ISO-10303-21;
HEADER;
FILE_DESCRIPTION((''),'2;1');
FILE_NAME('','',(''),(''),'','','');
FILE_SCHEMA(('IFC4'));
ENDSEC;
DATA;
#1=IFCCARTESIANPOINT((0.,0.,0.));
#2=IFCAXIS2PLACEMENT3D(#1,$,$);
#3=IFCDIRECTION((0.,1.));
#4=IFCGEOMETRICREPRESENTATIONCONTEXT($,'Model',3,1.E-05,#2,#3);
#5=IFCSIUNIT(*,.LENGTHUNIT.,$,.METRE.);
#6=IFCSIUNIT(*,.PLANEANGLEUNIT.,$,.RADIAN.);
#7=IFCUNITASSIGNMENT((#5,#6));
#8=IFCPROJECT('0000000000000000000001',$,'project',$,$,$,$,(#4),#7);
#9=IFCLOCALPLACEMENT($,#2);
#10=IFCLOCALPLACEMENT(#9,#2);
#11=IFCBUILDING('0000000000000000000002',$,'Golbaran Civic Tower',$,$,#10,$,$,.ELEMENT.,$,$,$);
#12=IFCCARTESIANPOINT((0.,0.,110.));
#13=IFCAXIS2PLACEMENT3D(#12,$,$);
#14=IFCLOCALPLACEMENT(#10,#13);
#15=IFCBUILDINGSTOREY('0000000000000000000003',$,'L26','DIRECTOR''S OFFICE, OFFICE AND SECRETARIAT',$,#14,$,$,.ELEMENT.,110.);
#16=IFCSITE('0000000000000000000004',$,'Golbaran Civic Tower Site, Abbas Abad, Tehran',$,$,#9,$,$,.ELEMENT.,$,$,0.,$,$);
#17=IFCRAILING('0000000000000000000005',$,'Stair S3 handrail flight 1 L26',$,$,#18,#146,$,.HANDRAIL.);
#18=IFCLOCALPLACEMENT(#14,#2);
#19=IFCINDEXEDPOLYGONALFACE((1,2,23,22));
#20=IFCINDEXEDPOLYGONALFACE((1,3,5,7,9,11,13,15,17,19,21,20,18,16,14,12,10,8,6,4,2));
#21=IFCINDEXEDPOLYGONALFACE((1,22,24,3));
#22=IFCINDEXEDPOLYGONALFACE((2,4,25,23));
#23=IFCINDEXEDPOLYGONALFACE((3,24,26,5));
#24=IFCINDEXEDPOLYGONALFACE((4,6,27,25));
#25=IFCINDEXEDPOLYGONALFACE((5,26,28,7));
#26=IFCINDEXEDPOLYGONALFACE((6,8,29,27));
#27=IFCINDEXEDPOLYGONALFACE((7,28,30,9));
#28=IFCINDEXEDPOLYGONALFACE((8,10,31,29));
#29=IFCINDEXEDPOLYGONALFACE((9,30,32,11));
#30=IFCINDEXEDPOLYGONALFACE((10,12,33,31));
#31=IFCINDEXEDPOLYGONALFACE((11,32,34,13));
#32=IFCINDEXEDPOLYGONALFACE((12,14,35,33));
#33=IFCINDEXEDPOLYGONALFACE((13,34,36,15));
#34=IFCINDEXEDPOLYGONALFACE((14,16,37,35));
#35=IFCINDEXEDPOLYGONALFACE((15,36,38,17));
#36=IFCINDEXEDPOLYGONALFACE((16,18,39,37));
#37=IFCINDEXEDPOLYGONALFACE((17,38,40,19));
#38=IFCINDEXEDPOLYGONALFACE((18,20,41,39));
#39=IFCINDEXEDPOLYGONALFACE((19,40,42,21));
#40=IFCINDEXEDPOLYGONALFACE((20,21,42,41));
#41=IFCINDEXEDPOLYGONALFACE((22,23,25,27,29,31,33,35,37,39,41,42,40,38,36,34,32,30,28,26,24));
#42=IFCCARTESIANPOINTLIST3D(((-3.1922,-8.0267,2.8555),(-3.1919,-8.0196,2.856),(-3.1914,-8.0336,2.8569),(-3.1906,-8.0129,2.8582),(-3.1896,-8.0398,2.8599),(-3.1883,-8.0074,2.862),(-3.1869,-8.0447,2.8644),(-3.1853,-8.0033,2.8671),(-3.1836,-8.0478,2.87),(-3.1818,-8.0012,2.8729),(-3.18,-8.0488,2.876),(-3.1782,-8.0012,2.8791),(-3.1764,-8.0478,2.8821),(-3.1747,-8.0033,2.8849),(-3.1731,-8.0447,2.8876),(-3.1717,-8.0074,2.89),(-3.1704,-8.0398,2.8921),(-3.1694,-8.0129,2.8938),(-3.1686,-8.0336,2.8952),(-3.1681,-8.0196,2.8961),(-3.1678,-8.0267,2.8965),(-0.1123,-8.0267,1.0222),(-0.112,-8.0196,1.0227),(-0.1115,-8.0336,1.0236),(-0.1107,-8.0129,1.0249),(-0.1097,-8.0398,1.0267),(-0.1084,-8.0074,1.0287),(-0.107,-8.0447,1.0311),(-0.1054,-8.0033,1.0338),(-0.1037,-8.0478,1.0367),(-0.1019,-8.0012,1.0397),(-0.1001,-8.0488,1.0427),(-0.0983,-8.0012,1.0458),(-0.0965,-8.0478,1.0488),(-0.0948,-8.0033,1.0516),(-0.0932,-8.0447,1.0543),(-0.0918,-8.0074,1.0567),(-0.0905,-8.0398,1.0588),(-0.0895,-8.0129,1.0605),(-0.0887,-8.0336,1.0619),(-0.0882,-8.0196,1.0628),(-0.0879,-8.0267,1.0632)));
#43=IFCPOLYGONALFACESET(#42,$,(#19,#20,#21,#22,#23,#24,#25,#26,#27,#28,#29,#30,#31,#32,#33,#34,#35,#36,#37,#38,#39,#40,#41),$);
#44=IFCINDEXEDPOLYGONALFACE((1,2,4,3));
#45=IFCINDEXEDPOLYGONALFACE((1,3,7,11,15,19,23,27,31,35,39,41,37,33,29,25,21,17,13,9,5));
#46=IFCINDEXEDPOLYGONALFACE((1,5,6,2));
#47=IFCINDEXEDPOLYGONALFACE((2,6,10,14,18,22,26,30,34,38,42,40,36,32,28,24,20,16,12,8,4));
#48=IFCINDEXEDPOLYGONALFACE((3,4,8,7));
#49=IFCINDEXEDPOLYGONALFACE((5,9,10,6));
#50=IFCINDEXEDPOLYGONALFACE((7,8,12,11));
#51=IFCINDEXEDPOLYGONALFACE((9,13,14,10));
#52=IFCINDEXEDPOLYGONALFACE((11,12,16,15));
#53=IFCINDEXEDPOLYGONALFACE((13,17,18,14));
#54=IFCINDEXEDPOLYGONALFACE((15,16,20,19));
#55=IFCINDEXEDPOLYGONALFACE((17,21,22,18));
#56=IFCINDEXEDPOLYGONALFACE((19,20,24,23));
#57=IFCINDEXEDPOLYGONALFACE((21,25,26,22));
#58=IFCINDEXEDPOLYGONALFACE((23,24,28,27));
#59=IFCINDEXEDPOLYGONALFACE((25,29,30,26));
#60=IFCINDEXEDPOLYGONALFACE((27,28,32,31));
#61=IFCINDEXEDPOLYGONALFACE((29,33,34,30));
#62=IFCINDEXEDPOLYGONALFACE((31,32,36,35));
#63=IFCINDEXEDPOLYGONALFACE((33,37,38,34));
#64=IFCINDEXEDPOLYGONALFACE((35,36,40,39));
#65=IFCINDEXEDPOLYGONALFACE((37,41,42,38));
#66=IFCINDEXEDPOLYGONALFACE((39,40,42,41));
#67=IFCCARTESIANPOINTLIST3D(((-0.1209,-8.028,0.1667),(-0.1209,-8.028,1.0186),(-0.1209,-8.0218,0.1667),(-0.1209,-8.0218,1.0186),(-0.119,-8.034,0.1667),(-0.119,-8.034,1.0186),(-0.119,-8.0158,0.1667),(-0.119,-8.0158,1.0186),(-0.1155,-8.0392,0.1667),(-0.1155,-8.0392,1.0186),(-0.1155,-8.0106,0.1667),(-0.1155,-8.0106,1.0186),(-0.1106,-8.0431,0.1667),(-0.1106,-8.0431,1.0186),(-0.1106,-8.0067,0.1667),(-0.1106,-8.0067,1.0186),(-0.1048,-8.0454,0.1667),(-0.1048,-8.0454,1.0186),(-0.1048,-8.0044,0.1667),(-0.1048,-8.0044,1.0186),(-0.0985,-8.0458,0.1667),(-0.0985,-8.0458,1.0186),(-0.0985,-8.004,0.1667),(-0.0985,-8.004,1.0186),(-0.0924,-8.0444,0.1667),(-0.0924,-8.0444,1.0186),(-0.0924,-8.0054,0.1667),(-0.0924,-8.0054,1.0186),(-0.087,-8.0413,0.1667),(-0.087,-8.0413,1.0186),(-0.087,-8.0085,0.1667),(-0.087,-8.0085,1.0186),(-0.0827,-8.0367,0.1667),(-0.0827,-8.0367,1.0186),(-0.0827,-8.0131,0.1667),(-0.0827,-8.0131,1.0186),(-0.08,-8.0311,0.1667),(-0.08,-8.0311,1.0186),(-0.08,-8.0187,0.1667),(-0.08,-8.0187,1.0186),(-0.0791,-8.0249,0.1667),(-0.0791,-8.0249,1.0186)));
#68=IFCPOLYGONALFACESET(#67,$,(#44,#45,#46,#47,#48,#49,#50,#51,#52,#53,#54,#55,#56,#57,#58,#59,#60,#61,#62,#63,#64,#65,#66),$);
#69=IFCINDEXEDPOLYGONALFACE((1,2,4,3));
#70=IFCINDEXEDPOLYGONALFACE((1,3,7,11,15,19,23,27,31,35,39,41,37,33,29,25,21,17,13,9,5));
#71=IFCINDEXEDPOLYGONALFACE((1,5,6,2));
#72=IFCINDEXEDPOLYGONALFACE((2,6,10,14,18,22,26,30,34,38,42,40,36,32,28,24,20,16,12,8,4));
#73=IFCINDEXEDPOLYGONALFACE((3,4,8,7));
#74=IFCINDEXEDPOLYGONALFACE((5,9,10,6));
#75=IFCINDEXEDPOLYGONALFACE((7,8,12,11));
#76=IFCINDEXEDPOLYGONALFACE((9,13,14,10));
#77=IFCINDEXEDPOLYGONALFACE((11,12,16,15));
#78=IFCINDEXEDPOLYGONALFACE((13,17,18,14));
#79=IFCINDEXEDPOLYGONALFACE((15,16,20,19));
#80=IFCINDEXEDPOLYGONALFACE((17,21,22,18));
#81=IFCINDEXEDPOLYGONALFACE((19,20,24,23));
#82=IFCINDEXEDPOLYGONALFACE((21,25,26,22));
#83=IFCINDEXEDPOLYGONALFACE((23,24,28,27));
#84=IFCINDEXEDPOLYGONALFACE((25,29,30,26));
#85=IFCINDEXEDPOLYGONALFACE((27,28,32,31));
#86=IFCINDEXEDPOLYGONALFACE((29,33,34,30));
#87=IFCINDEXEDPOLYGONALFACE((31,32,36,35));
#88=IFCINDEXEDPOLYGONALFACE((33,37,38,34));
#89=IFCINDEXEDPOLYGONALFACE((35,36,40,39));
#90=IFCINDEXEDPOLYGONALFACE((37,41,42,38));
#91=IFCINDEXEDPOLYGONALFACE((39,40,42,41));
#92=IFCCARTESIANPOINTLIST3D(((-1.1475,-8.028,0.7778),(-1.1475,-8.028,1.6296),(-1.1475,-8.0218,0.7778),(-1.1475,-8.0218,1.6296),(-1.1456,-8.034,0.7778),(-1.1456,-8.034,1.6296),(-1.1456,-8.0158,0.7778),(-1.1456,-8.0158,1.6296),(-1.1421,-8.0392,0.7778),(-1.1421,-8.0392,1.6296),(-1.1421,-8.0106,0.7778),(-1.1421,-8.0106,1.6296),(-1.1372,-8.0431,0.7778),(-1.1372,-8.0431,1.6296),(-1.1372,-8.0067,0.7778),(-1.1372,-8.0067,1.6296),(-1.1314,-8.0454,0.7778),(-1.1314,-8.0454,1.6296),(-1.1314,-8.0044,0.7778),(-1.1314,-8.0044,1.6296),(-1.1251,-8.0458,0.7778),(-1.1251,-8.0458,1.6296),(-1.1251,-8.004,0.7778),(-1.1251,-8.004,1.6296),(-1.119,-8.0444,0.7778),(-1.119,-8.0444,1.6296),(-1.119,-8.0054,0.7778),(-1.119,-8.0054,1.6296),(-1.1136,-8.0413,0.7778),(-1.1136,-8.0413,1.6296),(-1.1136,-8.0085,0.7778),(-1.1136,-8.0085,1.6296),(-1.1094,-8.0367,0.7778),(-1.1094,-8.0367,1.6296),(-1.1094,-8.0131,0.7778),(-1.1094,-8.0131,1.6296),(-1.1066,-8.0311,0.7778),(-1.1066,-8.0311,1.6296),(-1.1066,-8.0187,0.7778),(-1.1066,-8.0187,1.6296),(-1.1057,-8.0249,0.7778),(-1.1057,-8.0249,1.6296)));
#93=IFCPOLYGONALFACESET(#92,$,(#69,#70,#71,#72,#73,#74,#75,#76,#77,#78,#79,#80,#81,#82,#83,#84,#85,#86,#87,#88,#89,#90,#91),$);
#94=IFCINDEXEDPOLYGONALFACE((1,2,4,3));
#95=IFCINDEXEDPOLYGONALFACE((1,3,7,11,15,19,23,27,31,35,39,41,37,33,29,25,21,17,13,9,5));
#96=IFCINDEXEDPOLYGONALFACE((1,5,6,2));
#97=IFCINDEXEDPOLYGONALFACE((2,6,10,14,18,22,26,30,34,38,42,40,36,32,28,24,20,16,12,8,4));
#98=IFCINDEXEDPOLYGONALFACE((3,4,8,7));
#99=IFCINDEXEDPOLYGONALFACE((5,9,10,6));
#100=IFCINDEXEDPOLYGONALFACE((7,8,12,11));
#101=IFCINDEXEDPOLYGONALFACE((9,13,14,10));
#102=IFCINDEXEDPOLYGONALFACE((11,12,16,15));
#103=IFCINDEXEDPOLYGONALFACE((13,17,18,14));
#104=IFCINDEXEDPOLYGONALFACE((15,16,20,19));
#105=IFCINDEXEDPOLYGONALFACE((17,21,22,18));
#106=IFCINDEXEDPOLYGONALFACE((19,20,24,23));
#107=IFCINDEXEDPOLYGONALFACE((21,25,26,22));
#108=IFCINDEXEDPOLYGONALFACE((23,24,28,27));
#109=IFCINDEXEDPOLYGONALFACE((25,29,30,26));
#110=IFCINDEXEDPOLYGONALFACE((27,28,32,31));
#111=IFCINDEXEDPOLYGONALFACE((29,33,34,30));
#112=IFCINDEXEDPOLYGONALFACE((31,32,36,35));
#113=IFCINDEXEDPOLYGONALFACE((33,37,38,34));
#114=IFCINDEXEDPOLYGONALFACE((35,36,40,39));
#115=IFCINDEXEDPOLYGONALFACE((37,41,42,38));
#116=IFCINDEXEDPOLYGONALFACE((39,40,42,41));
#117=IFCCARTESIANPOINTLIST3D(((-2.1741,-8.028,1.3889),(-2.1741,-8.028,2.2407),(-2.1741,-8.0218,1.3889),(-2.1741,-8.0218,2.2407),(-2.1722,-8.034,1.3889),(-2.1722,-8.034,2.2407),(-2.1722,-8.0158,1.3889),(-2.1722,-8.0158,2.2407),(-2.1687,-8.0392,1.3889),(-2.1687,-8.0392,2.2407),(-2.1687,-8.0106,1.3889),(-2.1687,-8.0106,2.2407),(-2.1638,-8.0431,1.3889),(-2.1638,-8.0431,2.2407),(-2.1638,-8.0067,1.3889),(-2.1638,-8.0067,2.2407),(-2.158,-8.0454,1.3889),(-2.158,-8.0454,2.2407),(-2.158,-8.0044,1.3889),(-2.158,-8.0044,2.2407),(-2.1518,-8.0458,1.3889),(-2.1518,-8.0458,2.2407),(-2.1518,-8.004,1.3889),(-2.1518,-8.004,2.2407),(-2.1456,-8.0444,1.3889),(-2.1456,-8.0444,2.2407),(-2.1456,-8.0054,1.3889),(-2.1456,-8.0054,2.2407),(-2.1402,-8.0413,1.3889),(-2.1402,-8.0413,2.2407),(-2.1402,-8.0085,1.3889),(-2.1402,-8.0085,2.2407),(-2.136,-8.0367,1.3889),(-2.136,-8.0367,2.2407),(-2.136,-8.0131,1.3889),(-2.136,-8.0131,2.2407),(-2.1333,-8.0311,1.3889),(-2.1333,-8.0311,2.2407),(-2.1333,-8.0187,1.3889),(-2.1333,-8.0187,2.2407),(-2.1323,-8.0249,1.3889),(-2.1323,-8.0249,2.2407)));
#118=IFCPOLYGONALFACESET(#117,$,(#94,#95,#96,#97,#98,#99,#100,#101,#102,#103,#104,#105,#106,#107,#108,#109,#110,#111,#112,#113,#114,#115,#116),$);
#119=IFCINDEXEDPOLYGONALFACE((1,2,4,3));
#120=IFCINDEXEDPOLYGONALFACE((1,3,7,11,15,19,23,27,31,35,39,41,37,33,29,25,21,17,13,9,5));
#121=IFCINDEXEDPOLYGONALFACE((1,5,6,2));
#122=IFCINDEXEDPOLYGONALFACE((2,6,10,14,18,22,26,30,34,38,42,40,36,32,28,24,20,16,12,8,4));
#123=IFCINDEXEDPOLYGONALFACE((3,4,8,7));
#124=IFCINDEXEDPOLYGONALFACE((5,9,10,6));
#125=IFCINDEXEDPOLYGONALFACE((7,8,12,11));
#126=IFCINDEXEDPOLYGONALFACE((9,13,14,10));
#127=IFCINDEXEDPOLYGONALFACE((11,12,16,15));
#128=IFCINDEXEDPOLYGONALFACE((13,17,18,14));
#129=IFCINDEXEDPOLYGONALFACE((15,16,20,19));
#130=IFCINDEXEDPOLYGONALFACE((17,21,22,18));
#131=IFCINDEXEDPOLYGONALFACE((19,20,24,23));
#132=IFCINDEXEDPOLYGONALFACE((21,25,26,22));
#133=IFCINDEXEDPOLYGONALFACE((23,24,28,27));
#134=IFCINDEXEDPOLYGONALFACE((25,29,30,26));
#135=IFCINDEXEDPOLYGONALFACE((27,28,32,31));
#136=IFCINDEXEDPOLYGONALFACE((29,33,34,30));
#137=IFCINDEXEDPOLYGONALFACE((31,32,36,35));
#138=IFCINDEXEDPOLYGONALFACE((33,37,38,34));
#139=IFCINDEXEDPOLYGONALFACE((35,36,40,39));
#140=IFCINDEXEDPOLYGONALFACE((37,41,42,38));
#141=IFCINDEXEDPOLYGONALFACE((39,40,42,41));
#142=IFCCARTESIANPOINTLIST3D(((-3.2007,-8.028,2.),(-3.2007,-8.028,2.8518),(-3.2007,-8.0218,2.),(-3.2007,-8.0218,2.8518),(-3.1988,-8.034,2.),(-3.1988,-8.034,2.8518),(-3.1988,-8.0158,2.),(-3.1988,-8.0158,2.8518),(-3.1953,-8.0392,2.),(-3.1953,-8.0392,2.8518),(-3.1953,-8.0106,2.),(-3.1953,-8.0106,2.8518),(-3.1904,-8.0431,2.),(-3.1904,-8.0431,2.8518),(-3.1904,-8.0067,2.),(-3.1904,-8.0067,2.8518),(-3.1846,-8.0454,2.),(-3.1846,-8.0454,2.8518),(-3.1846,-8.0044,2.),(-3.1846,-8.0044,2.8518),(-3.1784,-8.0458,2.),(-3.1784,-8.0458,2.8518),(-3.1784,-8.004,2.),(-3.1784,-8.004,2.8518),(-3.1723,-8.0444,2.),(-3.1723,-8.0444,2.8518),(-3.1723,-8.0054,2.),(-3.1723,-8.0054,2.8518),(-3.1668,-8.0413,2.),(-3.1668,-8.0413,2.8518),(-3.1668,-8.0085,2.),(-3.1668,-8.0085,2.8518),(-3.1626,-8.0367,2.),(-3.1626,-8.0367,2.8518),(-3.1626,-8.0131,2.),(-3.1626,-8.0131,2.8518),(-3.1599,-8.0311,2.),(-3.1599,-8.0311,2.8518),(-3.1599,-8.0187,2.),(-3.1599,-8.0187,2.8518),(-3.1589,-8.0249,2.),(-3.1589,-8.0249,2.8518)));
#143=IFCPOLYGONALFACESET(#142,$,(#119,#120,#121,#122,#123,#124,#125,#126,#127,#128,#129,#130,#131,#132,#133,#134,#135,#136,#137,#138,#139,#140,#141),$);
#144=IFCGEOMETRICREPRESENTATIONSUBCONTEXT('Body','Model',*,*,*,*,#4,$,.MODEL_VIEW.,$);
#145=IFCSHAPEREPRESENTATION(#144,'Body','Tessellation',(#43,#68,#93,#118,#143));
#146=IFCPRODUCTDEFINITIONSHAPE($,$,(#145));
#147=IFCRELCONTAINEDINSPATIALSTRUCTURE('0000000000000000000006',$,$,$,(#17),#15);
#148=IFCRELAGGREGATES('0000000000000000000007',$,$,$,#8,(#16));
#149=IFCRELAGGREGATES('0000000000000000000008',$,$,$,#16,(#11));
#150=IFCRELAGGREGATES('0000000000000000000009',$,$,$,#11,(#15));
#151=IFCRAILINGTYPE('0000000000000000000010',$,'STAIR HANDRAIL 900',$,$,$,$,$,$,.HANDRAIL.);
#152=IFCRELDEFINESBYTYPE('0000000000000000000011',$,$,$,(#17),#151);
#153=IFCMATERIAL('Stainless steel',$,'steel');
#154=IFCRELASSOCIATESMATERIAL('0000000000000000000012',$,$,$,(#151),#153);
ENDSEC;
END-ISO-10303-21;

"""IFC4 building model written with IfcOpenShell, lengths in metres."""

from ifc_helpers import new_model, si_unit, direction, frame, origin, origin_2d, place, context, subcontext, project, spatial, circle, extrude, material, type_object, element, save


model = new_model("IFC4")

# Units and contexts
model_context = context("Model", 3, precision=1e-05, world=origin(), true_north=direction((0.0, 1.0)))
body_context = subcontext(model_context, "Body", "Model", "MODEL_VIEW")
ifc_project = project(units=[si_unit("LENGTHUNIT", "METRE"), si_unit("PLANEANGLEUNIT", "RADIAN")], contexts=[model_context])

# Site, building, storey
site_placement = place(None, origin())
site = spatial("IfcSite", under=ifc_project, at=site_placement, Name="Golbaran Civic Tower Site, Abbas Abad, Tehran", CompositionType="ELEMENT", RefElevation=0.0)
building_placement = place(site_placement, origin())
building = spatial("IfcBuilding", under=site, at=building_placement, Name="Golbaran Civic Tower", CompositionType="ELEMENT")
storey_placement = place(building_placement, frame((0.0, 0.0, 110.0)))
storey = spatial("IfcBuildingStorey", under=building, at=storey_placement, Name="L26", Description="DIRECTOR'S OFFICE, OFFICE AND SECRETARIAT", CompositionType="ELEMENT", Elevation=110.0)

# Railing
ifc_material_1 = material(Name="Stainless steel", Category="steel")
railing_type = type_object("IfcRailingType", Name="STAIR HANDRAIL 900", PredefinedType="HANDRAIL", material=ifc_material_1)
railing_1_placement = place(storey_placement, frame((-0.1001, -8.0249, 0.1667)))
element("IfcRailing", 1, at=railing_1_placement, inside=storey, type_object=railing_type, Name="Stair S3 handrail flight 1 L26", PredefinedType="HANDRAIL", context=body_context, shape_type="SweptSolid", body=[
    extrude(circle(Radius=0.0239, at=origin_2d()), frame((0.0, 0.0, 0.876), z_axis=(-0.859291, 0.0, 0.511487), x_axis=(0.0, -1.0, 0.0)), (0.0, 0.0, 1.0), 3.5842),
    extrude(circle(Radius=0.021, at=origin_2d()), origin(), (0.0, 0.0, 1.0), 0.8518),
    extrude(circle(Radius=0.021, at=origin_2d()), frame((-1.0266, 0.0, 0.6111)), (0.0, 0.0, 1.0), 0.8518),
    extrude(circle(Radius=0.021, at=origin_2d()), frame((-2.0532, 0.0, 1.2222)), (0.0, 0.0, 1.0), 0.8518),
    extrude(circle(Radius=0.021, at=origin_2d()), frame((-3.0798, 0.0, 1.8333)), (0.0, 0.0, 1.0), 0.8518),
])

save(model, "model.ifc")
